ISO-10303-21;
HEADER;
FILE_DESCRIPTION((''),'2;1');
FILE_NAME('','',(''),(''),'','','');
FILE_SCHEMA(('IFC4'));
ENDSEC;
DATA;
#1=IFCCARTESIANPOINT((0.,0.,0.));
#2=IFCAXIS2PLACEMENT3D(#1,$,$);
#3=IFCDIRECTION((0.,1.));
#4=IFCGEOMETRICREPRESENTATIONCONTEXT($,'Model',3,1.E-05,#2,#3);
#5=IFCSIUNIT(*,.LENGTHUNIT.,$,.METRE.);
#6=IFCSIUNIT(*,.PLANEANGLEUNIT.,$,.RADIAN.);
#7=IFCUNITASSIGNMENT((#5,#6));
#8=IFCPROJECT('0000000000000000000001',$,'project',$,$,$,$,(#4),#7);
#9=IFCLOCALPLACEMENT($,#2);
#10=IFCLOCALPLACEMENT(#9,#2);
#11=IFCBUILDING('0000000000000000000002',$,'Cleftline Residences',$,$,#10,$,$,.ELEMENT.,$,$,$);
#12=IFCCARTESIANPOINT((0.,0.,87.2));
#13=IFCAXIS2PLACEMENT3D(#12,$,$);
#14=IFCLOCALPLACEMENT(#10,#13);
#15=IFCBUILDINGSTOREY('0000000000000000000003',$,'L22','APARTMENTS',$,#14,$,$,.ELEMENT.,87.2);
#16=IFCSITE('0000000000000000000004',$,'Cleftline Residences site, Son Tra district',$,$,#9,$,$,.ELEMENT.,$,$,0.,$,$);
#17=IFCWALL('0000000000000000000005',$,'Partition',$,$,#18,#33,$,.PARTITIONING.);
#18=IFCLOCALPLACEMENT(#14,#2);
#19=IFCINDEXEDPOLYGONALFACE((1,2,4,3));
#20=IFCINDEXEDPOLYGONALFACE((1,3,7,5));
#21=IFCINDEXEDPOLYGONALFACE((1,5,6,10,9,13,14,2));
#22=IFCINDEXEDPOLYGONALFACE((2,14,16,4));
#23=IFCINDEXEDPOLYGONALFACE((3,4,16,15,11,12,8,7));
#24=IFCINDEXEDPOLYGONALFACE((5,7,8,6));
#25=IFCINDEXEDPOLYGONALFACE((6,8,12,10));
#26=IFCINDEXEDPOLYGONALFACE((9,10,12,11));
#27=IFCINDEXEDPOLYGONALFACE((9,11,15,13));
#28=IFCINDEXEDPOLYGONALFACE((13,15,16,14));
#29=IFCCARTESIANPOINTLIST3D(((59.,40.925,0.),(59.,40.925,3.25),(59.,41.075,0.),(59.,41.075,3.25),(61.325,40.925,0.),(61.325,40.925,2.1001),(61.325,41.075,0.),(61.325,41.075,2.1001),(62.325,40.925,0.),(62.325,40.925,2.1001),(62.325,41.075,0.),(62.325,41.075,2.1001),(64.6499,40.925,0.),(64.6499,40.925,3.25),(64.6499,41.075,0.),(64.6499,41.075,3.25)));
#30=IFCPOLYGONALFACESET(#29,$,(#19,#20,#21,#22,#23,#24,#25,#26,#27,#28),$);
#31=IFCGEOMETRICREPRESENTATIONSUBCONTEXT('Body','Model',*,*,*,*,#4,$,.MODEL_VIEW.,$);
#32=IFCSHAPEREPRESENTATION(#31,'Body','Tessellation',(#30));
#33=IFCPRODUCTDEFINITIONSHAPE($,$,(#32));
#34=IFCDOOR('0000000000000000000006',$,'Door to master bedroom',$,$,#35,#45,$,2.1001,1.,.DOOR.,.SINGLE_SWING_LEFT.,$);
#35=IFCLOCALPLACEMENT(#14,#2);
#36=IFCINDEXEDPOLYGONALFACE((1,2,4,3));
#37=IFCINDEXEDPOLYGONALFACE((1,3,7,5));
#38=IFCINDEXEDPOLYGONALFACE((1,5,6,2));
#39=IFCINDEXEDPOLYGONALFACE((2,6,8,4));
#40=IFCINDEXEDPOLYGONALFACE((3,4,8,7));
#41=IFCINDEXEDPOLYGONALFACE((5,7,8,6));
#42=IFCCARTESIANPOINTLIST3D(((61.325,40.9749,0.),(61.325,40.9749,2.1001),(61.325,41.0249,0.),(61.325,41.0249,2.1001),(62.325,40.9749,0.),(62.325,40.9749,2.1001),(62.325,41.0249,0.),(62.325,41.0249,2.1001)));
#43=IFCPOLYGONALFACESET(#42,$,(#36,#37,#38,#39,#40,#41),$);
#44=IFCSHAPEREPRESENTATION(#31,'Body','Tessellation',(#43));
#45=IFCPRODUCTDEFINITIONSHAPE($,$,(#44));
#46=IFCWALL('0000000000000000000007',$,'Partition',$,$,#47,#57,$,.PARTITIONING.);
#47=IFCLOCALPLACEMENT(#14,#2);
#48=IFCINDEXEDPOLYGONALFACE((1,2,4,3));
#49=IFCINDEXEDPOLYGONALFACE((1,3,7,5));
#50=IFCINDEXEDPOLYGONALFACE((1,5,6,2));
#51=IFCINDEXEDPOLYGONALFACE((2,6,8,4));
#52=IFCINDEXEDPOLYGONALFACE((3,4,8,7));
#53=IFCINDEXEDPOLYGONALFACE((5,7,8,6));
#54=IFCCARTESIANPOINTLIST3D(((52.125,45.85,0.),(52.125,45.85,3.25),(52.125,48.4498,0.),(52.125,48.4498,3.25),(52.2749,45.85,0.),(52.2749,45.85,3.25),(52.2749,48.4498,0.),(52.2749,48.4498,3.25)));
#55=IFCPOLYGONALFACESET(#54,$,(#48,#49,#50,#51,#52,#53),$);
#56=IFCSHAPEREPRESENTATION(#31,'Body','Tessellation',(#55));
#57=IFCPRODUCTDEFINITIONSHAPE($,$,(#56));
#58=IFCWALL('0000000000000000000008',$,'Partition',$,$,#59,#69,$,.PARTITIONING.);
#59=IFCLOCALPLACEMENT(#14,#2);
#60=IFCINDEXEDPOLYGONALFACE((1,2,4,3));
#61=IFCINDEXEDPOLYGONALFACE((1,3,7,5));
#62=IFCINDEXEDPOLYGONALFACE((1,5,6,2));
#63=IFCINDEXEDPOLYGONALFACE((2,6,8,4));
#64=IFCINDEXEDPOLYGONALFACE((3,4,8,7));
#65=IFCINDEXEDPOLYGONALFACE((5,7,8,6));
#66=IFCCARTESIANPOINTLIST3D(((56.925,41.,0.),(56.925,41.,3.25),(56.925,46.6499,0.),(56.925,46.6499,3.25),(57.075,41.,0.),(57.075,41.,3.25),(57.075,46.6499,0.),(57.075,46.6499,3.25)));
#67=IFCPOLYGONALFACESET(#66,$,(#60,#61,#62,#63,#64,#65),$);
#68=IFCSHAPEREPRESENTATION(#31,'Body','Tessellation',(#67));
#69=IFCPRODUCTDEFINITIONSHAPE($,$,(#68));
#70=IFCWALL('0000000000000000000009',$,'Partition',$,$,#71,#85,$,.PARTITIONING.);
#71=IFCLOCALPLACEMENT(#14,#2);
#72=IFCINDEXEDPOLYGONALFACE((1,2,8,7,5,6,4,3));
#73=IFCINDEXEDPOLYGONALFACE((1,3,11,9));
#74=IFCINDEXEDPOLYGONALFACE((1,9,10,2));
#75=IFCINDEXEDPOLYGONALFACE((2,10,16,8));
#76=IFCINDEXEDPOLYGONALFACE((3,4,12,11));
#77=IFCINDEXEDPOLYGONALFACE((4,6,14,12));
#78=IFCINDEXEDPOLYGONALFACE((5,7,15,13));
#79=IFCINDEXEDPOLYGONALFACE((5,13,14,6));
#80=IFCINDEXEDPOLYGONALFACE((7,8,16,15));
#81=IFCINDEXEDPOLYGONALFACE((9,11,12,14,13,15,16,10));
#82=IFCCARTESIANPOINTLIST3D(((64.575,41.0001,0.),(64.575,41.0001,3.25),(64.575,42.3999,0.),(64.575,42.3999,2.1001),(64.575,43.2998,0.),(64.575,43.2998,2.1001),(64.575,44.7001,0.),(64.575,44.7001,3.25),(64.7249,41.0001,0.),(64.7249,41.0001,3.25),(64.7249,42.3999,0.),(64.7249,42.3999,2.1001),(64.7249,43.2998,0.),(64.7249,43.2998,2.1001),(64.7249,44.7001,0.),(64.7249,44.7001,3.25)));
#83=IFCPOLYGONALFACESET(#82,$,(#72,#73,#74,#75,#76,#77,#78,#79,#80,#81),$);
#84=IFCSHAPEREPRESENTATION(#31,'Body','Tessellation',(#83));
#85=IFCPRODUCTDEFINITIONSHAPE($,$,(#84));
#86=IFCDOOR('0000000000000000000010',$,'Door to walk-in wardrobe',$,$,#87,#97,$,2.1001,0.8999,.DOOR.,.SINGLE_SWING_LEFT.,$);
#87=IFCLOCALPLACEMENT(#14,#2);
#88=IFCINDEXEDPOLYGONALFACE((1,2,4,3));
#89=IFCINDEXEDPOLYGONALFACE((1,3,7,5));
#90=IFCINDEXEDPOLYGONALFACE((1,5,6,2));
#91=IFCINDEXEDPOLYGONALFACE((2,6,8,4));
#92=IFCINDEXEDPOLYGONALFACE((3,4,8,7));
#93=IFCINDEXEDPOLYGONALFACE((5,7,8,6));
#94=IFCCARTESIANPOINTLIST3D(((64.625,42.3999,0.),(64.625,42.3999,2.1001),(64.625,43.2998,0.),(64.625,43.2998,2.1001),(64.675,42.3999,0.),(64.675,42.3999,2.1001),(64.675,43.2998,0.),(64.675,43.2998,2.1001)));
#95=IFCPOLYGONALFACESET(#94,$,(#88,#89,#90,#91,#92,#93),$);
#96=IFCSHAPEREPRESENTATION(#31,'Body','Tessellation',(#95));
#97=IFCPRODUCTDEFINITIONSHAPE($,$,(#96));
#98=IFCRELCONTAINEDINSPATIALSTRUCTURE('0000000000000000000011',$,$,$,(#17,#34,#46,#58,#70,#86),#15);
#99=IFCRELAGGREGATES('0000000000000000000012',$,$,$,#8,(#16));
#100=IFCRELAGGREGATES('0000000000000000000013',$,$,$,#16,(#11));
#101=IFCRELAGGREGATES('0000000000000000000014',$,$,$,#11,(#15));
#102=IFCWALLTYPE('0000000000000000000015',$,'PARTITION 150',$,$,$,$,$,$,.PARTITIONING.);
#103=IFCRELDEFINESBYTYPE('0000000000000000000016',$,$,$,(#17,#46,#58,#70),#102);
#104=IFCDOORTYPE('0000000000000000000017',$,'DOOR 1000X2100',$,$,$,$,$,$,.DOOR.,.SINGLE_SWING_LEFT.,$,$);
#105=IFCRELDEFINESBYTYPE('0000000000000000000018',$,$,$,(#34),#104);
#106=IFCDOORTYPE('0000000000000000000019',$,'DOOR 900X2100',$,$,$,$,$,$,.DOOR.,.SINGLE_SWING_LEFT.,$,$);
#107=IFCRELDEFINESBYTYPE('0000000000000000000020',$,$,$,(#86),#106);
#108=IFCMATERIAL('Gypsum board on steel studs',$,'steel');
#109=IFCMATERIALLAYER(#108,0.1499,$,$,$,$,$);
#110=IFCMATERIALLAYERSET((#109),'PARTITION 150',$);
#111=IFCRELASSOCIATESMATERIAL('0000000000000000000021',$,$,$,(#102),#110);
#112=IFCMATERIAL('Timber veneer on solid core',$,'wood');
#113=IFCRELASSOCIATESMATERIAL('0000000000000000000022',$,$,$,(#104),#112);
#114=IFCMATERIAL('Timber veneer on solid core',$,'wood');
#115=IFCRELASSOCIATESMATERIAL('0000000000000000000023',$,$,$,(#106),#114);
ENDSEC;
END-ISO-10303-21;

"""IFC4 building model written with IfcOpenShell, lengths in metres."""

from ifc_helpers import new_model, si_unit, direction, frame, frame_2d, origin, place, context, subcontext, project, spatial, rectangle, extrude, material, layer, layer_set, type_object, element, fill, save


model = new_model("IFC4")

# Units and contexts
model_context = context("Model", 3, precision=1e-05, world=origin(), true_north=direction((0.0, 1.0)))
body_context = subcontext(model_context, "Body", "Model", "MODEL_VIEW")
ifc_project = project(units=[si_unit("LENGTHUNIT", "METRE"), si_unit("PLANEANGLEUNIT", "RADIAN")], contexts=[model_context])

# Site, building, storey
site_placement = place(None, origin())
site = spatial("IfcSite", under=ifc_project, at=site_placement, Name="Cleftline Residences site, Son Tra district", CompositionType="ELEMENT", RefElevation=0.0)
building_placement = place(site_placement, origin())
building = spatial("IfcBuilding", under=site, at=building_placement, Name="Cleftline Residences", CompositionType="ELEMENT")
storey_placement = place(building_placement, frame((0.0, 0.0, 87.2)))
storey = spatial("IfcBuildingStorey", under=building, at=storey_placement, Name="L22", Description="APARTMENTS", CompositionType="ELEMENT", Elevation=87.2)

# Wall, opening, door
ifc_material_1 = material(Name="Gypsum board on steel studs", Category="steel")
ifc_layer_1 = layer(ifc_material_1, 0.1499)
ifc_layer_set_1 = layer_set([ifc_layer_1], Name="PARTITION 150")
wall_type_1 = type_object("IfcWallType", Name="PARTITION 150", PredefinedType="PARTITIONING", material=ifc_layer_set_1)
wall_1_placement = place(storey_placement, frame((59.0, 41.0, 0.0), z_axis=(0.0, 0.0, 1.0), x_axis=(1.0, 0.0, 0.0)))
wall_1 = element("IfcWall", 1, at=wall_1_placement, inside=storey, type_object=wall_type_1, Name="Partition", PredefinedType="PARTITIONING", context=body_context, shape_type="SweptSolid", body=[
    extrude(rectangle(XDim=5.6499, YDim=0.1499, at=frame_2d((2.825, 0.0))), origin(), (0.0, 0.0, 1.0), 3.25),
])
opening_1_placement = place(wall_1_placement, frame((2.325, 0.0, 0.0)))
opening_1 = element("IfcOpeningElement", 2, at=opening_1_placement, cuts=wall_1, PredefinedType="OPENING", context=body_context, shape_type="SweptSolid", body=[
    extrude(rectangle(XDim=1.0, YDim=2.1001, at=frame_2d((0.5, 1.05))), frame((0.0, 0.085, 0.0), z_axis=(0.0, -1.0, 0.0), x_axis=(1.0, 0.0, 0.0)), (0.0, 0.0, 1.0), 0.1699),
])
ifc_material_2 = material(Name="Timber veneer on solid core", Category="wood")
door_type_1 = type_object("IfcDoorType", Name="DOOR 1000X2100", OperationType="SINGLE_SWING_LEFT", PredefinedType="DOOR", material=ifc_material_2)
door_1_placement = place(opening_1_placement, origin())
door_1 = element("IfcDoor", 3, at=door_1_placement, inside=storey, type_object=door_type_1, Name="Door to master bedroom", OperationType="SINGLE_SWING_LEFT", OverallHeight=2.1001, OverallWidth=1.0, PredefinedType="DOOR", context=body_context, shape_type="SweptSolid", body=[
    extrude(rectangle(XDim=1.0, YDim=2.1001, at=frame_2d((0.5, 1.05))), frame((0.0, 0.0249, 0.0), z_axis=(0.0, -1.0, 0.0), x_axis=(1.0, 0.0, 0.0)), (0.0, 0.0, 1.0), 0.05),
])
fill(opening_1, door_1)

# Walls
wall_2_placement = place(storey_placement, frame((52.2, 45.8501, 0.0), z_axis=(0.0, 0.0, 1.0), x_axis=(0.0, 1.0, 0.0)))
element("IfcWall", 4, at=wall_2_placement, inside=storey, type_object=wall_type_1, Name="Partition", PredefinedType="PARTITIONING", context=body_context, shape_type="SweptSolid", body=[
    extrude(rectangle(XDim=2.5999, YDim=0.1499, at=frame_2d((1.2998, 0.0))), origin(), (0.0, 0.0, 1.0), 3.25),
])
wall_3_placement = place(storey_placement, frame((57.0, 41.0, 0.0), z_axis=(0.0, 0.0, 1.0), x_axis=(0.0, 1.0, 0.0)))
element("IfcWall", 5, at=wall_3_placement, inside=storey, type_object=wall_type_1, Name="Partition", PredefinedType="PARTITIONING", context=body_context, shape_type="SweptSolid", body=[
    extrude(rectangle(XDim=5.6499, YDim=0.1499, at=frame_2d((2.825, 0.0))), origin(), (0.0, 0.0, 1.0), 3.25),
])

# Wall, opening, door
wall_4_placement = place(storey_placement, frame((64.6499, 41.0, 0.0), z_axis=(0.0, 0.0, 1.0), x_axis=(0.0, 1.0, 0.0)))
wall_4 = element("IfcWall", 6, at=wall_4_placement, inside=storey, type_object=wall_type_1, Name="Partition", PredefinedType="PARTITIONING", context=body_context, shape_type="SweptSolid", body=[
    extrude(rectangle(XDim=3.7, YDim=0.1499, at=frame_2d((1.8501, 0.0))), origin(), (0.0, 0.0, 1.0), 3.25),
])
opening_2_placement = place(wall_4_placement, frame((1.3999, 0.0, 0.0)))
opening_2 = element("IfcOpeningElement", 7, at=opening_2_placement, cuts=wall_4, PredefinedType="OPENING", context=body_context, shape_type="SweptSolid", body=[
    extrude(rectangle(XDim=0.8999, YDim=2.1001, at=frame_2d((0.45, 1.05))), frame((0.0, 0.085, 0.0), z_axis=(0.0, -1.0, 0.0), x_axis=(1.0, 0.0, 0.0)), (0.0, 0.0, 1.0), 0.1699),
])
ifc_material_3 = material(Name="Timber veneer on solid core", Category="wood")
door_type_2 = type_object("IfcDoorType", Name="DOOR 900X2100", OperationType="SINGLE_SWING_LEFT", PredefinedType="DOOR", material=ifc_material_3)
door_2_placement = place(opening_2_placement, origin())
door_2 = element("IfcDoor", 8, at=door_2_placement, inside=storey, type_object=door_type_2, Name="Door to walk-in wardrobe", OperationType="SINGLE_SWING_LEFT", OverallHeight=2.1001, OverallWidth=0.8999, PredefinedType="DOOR", context=body_context, shape_type="SweptSolid", body=[
    extrude(rectangle(XDim=0.8999, YDim=2.1001, at=frame_2d((0.45, 1.05))), frame((0.0, 0.0249, 0.0), z_axis=(0.0, -1.0, 0.0), x_axis=(1.0, 0.0, 0.0)), (0.0, 0.0, 1.0), 0.05),
])
fill(opening_2, door_2)

save(model, "model.ifc")
